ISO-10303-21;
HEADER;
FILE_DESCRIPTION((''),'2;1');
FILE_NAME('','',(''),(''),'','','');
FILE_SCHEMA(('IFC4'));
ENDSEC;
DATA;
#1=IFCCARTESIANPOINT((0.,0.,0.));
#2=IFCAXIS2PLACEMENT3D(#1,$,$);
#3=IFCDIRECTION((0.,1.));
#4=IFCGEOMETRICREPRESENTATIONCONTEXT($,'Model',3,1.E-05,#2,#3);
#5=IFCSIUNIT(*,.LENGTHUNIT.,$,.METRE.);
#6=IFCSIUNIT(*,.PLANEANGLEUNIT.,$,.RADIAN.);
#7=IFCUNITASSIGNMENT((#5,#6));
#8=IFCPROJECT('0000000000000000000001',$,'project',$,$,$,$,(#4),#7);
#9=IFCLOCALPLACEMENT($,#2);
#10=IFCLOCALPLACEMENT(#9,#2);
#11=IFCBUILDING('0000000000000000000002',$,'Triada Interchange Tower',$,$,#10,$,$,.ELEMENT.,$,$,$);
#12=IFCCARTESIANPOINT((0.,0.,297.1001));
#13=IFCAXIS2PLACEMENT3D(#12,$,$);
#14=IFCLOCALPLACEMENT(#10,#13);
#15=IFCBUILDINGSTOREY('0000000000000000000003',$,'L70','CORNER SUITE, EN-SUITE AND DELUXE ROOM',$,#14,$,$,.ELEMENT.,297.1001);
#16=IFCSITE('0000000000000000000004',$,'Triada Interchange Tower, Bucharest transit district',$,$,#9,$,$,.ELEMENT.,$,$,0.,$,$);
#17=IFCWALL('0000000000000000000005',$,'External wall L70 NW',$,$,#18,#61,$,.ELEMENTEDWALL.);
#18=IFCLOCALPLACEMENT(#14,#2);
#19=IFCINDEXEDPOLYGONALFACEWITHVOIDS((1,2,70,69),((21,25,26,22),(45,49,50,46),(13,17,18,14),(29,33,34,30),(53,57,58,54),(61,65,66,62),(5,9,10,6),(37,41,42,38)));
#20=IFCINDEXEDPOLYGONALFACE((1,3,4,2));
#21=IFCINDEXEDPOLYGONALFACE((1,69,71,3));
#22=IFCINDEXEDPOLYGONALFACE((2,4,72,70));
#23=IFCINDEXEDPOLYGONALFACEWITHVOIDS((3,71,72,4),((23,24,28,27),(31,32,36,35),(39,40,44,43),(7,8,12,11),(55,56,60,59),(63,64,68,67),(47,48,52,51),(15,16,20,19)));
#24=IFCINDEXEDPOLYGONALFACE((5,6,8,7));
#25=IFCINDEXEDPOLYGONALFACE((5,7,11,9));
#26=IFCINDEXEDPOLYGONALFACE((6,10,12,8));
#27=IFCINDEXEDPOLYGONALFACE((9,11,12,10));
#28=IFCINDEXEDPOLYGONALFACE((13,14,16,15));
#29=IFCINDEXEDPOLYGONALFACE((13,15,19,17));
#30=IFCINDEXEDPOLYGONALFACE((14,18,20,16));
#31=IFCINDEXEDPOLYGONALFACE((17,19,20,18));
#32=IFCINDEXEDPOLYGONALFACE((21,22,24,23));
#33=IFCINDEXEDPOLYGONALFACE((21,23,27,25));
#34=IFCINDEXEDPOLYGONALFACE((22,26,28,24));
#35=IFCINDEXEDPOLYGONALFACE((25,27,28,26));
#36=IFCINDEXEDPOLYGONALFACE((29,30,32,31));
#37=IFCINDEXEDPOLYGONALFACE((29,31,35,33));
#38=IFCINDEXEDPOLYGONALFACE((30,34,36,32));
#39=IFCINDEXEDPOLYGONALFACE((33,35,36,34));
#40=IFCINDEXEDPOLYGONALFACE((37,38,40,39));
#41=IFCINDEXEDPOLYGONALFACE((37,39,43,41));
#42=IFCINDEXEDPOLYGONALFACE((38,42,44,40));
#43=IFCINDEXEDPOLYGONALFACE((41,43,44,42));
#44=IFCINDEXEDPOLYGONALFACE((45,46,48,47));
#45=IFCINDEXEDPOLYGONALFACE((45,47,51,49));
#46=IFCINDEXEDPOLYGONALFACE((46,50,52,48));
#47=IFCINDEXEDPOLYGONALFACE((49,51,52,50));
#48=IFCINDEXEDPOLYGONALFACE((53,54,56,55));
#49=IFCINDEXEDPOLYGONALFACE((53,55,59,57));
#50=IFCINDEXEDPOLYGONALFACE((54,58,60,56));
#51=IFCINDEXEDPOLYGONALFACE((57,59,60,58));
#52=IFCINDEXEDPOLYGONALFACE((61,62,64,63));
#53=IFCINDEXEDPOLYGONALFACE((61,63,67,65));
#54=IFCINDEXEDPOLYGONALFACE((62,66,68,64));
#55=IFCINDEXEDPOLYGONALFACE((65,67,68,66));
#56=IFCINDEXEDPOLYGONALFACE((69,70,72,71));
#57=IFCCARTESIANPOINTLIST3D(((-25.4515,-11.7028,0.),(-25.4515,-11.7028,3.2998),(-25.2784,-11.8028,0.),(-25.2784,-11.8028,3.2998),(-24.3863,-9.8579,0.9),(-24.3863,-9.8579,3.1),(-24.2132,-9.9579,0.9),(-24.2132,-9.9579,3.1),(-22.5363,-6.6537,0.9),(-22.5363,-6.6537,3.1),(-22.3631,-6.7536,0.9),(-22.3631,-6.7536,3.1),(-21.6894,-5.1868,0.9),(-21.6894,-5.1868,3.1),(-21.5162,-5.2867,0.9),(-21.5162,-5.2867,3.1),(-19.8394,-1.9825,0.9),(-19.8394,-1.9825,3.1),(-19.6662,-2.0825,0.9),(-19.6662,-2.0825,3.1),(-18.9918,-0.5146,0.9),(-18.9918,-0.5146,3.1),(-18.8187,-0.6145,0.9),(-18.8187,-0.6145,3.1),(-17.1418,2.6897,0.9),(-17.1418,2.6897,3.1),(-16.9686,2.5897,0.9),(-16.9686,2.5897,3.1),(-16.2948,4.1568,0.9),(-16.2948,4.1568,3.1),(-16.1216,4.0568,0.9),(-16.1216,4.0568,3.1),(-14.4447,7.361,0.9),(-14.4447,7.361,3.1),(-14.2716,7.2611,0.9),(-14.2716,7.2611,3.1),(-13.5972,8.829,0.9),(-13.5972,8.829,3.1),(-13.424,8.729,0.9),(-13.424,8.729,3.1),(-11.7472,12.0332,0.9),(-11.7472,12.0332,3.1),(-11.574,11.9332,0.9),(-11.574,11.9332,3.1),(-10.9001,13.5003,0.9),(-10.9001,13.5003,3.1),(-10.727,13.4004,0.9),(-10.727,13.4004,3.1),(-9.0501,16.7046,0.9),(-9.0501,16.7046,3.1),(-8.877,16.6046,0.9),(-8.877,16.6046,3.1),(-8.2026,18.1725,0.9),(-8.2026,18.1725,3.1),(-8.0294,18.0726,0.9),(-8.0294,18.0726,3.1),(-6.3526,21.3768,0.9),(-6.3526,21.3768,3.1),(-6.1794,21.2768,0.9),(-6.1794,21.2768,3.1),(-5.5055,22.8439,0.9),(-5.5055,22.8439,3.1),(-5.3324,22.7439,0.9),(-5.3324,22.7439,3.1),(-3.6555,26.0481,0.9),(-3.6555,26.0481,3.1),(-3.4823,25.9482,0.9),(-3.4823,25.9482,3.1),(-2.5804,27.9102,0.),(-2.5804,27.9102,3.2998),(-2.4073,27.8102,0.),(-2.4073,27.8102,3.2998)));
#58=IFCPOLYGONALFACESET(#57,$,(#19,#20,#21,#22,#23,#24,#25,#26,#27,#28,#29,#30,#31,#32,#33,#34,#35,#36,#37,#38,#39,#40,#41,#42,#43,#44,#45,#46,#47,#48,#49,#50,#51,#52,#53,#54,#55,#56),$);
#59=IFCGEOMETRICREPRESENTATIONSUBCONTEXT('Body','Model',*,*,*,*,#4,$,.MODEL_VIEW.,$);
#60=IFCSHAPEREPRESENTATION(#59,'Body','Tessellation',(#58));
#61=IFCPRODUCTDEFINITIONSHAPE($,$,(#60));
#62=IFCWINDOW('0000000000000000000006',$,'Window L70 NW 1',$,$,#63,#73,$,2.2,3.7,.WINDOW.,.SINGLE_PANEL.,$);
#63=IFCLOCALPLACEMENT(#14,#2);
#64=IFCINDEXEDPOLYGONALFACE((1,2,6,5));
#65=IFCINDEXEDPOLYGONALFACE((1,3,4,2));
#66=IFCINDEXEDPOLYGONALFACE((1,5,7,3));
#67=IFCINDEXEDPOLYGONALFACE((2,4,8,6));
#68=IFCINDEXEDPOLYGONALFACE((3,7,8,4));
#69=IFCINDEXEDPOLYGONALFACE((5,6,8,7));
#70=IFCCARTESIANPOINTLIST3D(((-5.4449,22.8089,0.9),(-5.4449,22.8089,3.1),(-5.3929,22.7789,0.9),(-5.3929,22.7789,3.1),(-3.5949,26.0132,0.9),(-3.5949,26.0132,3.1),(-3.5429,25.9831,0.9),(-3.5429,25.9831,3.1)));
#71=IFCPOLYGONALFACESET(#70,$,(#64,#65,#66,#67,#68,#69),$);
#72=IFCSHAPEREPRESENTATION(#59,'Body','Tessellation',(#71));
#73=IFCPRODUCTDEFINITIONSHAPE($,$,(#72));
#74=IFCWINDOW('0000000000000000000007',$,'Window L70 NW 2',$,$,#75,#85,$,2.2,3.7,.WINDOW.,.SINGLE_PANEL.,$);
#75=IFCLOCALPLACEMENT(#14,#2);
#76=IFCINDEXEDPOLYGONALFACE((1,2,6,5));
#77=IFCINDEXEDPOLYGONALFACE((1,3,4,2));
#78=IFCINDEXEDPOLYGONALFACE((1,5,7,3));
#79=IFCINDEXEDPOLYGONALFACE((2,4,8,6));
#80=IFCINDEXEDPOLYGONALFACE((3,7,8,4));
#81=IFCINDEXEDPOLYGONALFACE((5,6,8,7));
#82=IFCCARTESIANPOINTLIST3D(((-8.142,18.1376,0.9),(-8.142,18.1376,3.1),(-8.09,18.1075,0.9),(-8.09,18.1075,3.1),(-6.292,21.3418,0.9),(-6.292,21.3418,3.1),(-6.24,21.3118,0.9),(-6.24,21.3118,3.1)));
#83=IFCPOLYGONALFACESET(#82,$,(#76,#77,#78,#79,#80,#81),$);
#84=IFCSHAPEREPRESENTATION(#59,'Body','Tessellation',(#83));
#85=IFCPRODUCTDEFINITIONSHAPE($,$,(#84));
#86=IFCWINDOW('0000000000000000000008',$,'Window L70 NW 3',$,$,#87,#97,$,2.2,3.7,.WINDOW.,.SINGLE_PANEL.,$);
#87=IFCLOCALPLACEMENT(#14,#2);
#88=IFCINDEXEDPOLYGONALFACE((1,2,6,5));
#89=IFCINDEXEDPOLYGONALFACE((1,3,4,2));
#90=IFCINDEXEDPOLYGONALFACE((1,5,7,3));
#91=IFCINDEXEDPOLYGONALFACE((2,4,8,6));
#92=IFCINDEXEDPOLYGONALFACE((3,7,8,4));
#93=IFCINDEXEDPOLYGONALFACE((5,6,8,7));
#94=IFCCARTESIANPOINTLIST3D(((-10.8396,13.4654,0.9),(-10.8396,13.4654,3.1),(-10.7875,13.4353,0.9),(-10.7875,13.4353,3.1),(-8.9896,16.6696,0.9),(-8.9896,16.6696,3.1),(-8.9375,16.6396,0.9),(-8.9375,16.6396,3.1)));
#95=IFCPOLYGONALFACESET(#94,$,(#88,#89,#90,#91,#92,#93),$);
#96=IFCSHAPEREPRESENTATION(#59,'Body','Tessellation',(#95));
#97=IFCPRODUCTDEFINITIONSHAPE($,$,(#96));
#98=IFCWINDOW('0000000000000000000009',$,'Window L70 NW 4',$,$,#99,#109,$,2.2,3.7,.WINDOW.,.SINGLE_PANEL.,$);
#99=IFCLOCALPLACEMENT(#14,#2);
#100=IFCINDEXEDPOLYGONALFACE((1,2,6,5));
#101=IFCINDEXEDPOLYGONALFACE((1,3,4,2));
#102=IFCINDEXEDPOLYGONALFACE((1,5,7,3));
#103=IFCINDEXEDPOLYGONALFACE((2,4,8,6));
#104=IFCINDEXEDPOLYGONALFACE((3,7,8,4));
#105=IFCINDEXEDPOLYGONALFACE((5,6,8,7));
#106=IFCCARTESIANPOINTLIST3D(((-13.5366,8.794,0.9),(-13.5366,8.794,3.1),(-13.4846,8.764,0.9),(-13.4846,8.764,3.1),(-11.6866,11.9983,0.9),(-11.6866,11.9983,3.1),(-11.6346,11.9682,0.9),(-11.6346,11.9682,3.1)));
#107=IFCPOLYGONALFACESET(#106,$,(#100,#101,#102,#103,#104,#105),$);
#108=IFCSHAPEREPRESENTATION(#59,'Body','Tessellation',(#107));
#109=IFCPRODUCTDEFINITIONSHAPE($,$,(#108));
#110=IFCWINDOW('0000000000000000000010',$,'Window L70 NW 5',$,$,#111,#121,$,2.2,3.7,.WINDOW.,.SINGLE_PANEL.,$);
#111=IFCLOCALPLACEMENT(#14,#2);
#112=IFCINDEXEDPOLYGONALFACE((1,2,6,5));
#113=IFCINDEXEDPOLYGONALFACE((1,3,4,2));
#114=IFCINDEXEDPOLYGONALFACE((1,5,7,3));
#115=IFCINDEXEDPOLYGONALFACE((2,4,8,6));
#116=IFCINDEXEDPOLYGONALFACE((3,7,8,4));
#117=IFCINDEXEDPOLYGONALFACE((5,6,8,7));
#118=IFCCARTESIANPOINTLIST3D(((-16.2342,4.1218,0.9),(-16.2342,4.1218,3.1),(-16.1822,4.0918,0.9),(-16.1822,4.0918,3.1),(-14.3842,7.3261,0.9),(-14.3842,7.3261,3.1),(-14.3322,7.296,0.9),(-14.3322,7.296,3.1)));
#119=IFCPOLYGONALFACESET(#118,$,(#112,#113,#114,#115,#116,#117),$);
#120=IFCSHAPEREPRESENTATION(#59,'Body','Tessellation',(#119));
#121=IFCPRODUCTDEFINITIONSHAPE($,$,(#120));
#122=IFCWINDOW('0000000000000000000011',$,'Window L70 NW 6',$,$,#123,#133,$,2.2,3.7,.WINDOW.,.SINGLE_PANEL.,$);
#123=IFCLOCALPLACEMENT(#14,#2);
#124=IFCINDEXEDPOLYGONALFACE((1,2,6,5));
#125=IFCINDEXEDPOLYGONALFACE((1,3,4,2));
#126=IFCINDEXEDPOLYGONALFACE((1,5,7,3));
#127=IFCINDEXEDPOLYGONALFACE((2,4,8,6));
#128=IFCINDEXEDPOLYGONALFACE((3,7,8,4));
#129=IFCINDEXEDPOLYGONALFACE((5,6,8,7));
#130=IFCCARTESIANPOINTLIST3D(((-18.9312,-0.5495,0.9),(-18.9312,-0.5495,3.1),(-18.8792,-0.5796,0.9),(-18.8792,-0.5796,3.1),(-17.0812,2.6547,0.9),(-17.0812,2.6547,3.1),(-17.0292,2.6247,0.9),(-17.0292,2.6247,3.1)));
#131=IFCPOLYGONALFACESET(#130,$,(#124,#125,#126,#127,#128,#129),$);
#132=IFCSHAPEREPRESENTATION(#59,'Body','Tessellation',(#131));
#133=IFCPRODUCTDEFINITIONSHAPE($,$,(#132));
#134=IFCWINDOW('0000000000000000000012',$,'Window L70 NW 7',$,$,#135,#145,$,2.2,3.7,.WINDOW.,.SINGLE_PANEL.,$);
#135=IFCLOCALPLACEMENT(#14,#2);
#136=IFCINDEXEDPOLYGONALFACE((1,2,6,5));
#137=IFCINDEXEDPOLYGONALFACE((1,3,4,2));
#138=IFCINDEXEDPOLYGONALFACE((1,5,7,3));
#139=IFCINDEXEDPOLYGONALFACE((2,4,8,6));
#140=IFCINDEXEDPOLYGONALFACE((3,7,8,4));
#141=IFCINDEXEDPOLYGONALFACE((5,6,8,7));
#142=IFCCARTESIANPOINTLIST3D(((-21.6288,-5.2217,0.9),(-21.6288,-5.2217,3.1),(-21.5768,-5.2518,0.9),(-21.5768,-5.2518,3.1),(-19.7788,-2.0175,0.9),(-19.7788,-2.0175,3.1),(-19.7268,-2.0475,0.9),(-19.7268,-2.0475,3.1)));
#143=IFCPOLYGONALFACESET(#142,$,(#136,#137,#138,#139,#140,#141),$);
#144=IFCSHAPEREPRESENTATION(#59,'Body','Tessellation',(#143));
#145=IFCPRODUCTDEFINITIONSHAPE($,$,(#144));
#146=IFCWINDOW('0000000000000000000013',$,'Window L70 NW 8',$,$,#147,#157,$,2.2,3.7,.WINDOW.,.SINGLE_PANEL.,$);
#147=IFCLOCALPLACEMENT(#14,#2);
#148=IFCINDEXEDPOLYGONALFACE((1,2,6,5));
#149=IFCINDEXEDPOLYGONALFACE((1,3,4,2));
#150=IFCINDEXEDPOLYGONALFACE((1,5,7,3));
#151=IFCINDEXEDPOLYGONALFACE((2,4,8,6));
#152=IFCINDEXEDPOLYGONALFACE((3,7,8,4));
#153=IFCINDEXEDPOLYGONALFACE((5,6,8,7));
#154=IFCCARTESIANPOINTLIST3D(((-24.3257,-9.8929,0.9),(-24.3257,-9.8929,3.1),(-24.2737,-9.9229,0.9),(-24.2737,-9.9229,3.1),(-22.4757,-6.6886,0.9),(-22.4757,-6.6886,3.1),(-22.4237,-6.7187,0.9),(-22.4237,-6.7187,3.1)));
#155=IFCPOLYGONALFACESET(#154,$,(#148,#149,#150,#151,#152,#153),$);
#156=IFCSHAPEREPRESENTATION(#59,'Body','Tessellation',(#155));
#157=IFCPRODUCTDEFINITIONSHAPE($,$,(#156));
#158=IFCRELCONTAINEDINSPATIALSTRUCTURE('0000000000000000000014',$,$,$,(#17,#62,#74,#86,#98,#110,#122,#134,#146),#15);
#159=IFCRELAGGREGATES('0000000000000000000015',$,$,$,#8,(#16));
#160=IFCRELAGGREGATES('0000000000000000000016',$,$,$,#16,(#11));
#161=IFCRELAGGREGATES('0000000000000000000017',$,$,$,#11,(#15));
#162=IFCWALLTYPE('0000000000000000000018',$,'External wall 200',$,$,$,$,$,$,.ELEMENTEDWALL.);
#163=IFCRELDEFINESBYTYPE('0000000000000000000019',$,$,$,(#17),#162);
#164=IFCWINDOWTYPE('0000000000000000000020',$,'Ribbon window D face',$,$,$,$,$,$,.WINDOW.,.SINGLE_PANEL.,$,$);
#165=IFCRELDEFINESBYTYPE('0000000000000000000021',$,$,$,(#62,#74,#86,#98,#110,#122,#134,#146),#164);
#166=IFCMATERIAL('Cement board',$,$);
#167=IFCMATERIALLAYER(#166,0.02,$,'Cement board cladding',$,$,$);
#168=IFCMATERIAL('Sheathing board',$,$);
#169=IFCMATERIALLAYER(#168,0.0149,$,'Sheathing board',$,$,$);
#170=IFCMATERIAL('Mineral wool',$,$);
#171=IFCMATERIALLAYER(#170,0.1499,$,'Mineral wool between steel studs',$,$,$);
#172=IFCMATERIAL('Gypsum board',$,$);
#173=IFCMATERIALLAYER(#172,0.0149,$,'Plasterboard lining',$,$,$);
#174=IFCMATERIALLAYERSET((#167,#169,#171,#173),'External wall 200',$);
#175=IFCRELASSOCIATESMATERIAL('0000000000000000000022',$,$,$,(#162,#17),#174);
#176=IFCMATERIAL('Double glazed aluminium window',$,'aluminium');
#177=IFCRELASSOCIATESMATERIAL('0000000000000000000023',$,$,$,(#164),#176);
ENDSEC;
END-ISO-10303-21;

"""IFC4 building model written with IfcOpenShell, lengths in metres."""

from ifc_helpers import new_model, si_unit, direction, frame, frame_2d, origin, place, context, subcontext, project, spatial, rectangle, extrude, material, layer, layer_set, layer_usage, type_object, element, fill, save


model = new_model("IFC4")

# Units and contexts
model_context = context("Model", 3, precision=1e-05, world=origin(), true_north=direction((0.0, 1.0)))
body_context = subcontext(model_context, "Body", "Model", "MODEL_VIEW")
ifc_project = project(units=[si_unit("LENGTHUNIT", "METRE"), si_unit("PLANEANGLEUNIT", "RADIAN")], contexts=[model_context])

# Site, building, storey
site_placement = place(None, origin())
site = spatial("IfcSite", under=ifc_project, at=site_placement, Name="Triada Interchange Tower, Bucharest transit district", CompositionType="ELEMENT", RefElevation=0.0)
building_placement = place(site_placement, origin())
building = spatial("IfcBuilding", under=site, at=building_placement, Name="Triada Interchange Tower", CompositionType="ELEMENT")
storey_placement = place(building_placement, frame((0.0, 0.0, 297.1001)))
storey = spatial("IfcBuildingStorey", under=building, at=storey_placement, Name="L70", Description="CORNER SUITE, EN-SUITE AND DELUXE ROOM", CompositionType="ELEMENT", Elevation=297.1001)

# Wall, openings, windows
ifc_material_1 = material(Name="Cement board")
ifc_layer_1 = layer(ifc_material_1, 0.02, Name="Cement board cladding")
ifc_material_2 = material(Name="Sheathing board")
ifc_layer_2 = layer(ifc_material_2, 0.0149, Name="Sheathing board")
ifc_material_3 = material(Name="Mineral wool")
ifc_layer_3 = layer(ifc_material_3, 0.1499, Name="Mineral wool between steel studs")
ifc_material_4 = material(Name="Gypsum board")
ifc_layer_4 = layer(ifc_material_4, 0.0149, Name="Plasterboard lining")
ifc_layer_set_1 = layer_set([ifc_layer_1, ifc_layer_2, ifc_layer_3, ifc_layer_4], Name="External wall 200")
ifc_layer_usage = layer_usage(ifc_layer_set_1, "AXIS2", "POSITIVE", -0.1001)
wall_type_1 = type_object("IfcWallType", Name="External wall 200", PredefinedType="ELEMENTEDWALL", material=ifc_layer_set_1)
wall_1_placement = place(storey_placement, frame((-2.4939, 27.8601, 0.0), z_axis=(0.0, 0.0, 1.0), x_axis=(-0.500008, -0.866021, 0.0)))
wall_1 = element("IfcWall", 1, at=wall_1_placement, inside=storey, type_object=wall_type_1, material=ifc_layer_usage, Name="External wall L70 NW", PredefinedType="ELEMENTEDWALL", context=body_context, shape_type="SweptSolid", body=[
    extrude(rectangle(XDim=45.7415, YDim=0.2, at=frame_2d((22.8706, 0.0))), origin(), (0.0, 0.0, 1.0), 3.2998),
])
opening_1_placement = place(wall_1_placement, frame((2.1499, 0.0, 0.8999)))
opening_1 = element("IfcOpeningElement", 2, at=opening_1_placement, cuts=wall_1, PredefinedType="OPENING", context=body_context, shape_type="SweptSolid", body=[
    extrude(rectangle(XDim=3.7, YDim=2.2, at=frame_2d((1.8501, 1.1001))), frame((0.0, 0.1099, 0.0), z_axis=(0.0, -1.0, 0.0), x_axis=(1.0, 0.0, 0.0)), (0.0, 0.0, 1.0), 0.22),
])
opening_2_placement = place(wall_1_placement, frame((7.5439, 0.0, 0.8999)))
opening_2 = element("IfcOpeningElement", 3, at=opening_2_placement, cuts=wall_1, PredefinedType="OPENING", context=body_context, shape_type="SweptSolid", body=[
    extrude(rectangle(XDim=3.7, YDim=2.2, at=frame_2d((1.8501, 1.1001))), frame((0.0, 0.1099, 0.0), z_axis=(0.0, -1.0, 0.0), x_axis=(1.0, 0.0, 0.0)), (0.0, 0.0, 1.0), 0.22),
])
opening_3_placement = place(wall_1_placement, frame((12.939, 0.0, 0.8999)))
opening_3 = element("IfcOpeningElement", 4, at=opening_3_placement, cuts=wall_1, PredefinedType="OPENING", context=body_context, shape_type="SweptSolid", body=[
    extrude(rectangle(XDim=3.7, YDim=2.2, at=frame_2d((1.8501, 1.1001))), frame((0.0, 0.1099, 0.0), z_axis=(0.0, -1.0, 0.0), x_axis=(1.0, 0.0, 0.0)), (0.0, 0.0, 1.0), 0.22),
])
opening_4_placement = place(wall_1_placement, frame((18.333, 0.0, 0.8999)))
opening_4 = element("IfcOpeningElement", 5, at=opening_4_placement, cuts=wall_1, PredefinedType="OPENING", context=body_context, shape_type="SweptSolid", body=[
    extrude(rectangle(XDim=3.7, YDim=2.2, at=frame_2d((1.8501, 1.1001))), frame((0.0, 0.1099, 0.0), z_axis=(0.0, -1.0, 0.0), x_axis=(1.0, 0.0, 0.0)), (0.0, 0.0, 1.0), 0.22),
])
opening_5_placement = place(wall_1_placement, frame((23.728, 0.0, 0.8999)))
opening_5 = element("IfcOpeningElement", 6, at=opening_5_placement, cuts=wall_1, PredefinedType="OPENING", context=body_context, shape_type="SweptSolid", body=[
    extrude(rectangle(XDim=3.7, YDim=2.2, at=frame_2d((1.8501, 1.1001))), frame((0.0, 0.1099, 0.0), z_axis=(0.0, -1.0, 0.0), x_axis=(1.0, 0.0, 0.0)), (0.0, 0.0, 1.0), 0.22),
])
opening_6_placement = place(wall_1_placement, frame((29.1221, 0.0, 0.8999)))
opening_6 = element("IfcOpeningElement", 7, at=opening_6_placement, cuts=wall_1, PredefinedType="OPENING", context=body_context, shape_type="SweptSolid", body=[
    extrude(rectangle(XDim=3.7, YDim=2.2, at=frame_2d((1.8501, 1.1001))), frame((0.0, 0.1099, 0.0), z_axis=(0.0, -1.0, 0.0), x_axis=(1.0, 0.0, 0.0)), (0.0, 0.0, 1.0), 0.22),
])
opening_7_placement = place(wall_1_placement, frame((34.5171, 0.0, 0.8999)))
opening_7 = element("IfcOpeningElement", 8, at=opening_7_placement, cuts=wall_1, PredefinedType="OPENING", context=body_context, shape_type="SweptSolid", body=[
    extrude(rectangle(XDim=3.7, YDim=2.2, at=frame_2d((1.8501, 1.1001))), frame((0.0, 0.1099, 0.0), z_axis=(0.0, -1.0, 0.0), x_axis=(1.0, 0.0, 0.0)), (0.0, 0.0, 1.0), 0.22),
])
opening_8_placement = place(wall_1_placement, frame((39.9109, 0.0, 0.8999)))
opening_8 = element("IfcOpeningElement", 9, at=opening_8_placement, cuts=wall_1, PredefinedType="OPENING", context=body_context, shape_type="SweptSolid", body=[
    extrude(rectangle(XDim=3.7, YDim=2.2, at=frame_2d((1.8501, 1.1001))), frame((0.0, 0.1099, 0.0), z_axis=(0.0, -1.0, 0.0), x_axis=(1.0, 0.0, 0.0)), (0.0, 0.0, 1.0), 0.22),
])
ifc_material_5 = material(Name="Double glazed aluminium window", Category="aluminium")
window_type = type_object("IfcWindowType", Name="Ribbon window D face", PartitioningType="SINGLE_PANEL", PredefinedType="WINDOW", material=ifc_material_5)
window_1_placement = place(opening_1_placement, origin())
window_1 = element("IfcWindow", 10, at=window_1_placement, inside=storey, type_object=window_type, Name="Window L70 NW 1", OverallHeight=2.2, OverallWidth=3.7, PartitioningType="SINGLE_PANEL", PredefinedType="WINDOW", context=body_context, shape_type="SweptSolid", body=[
    extrude(rectangle(XDim=3.7, YDim=2.2, at=frame_2d((1.8501, 1.1001))), frame((0.0, 0.03, 0.0), z_axis=(0.0, -1.0, 0.0), x_axis=(1.0, 0.0, 0.0)), (0.0, 0.0, 1.0), 0.0601),
])
fill(opening_1, window_1)
window_2_placement = place(opening_2_placement, origin())
window_2 = element("IfcWindow", 11, at=window_2_placement, inside=storey, type_object=window_type, Name="Window L70 NW 2", OverallHeight=2.2, OverallWidth=3.7, PartitioningType="SINGLE_PANEL", PredefinedType="WINDOW", context=body_context, shape_type="SweptSolid", body=[
    extrude(rectangle(XDim=3.7, YDim=2.2, at=frame_2d((1.8501, 1.1001))), frame((0.0, 0.03, 0.0), z_axis=(0.0, -1.0, 0.0), x_axis=(1.0, 0.0, 0.0)), (0.0, 0.0, 1.0), 0.0601),
])
fill(opening_2, window_2)
window_3_placement = place(opening_3_placement, origin())
window_3 = element("IfcWindow", 12, at=window_3_placement, inside=storey, type_object=window_type, Name="Window L70 NW 3", OverallHeight=2.2, OverallWidth=3.7, PartitioningType="SINGLE_PANEL", PredefinedType="WINDOW", context=body_context, shape_type="SweptSolid", body=[
    extrude(rectangle(XDim=3.7, YDim=2.2, at=frame_2d((1.8501, 1.1001))), frame((0.0, 0.03, 0.0), z_axis=(0.0, -1.0, 0.0), x_axis=(1.0, 0.0, 0.0)), (0.0, 0.0, 1.0), 0.0601),
])
fill(opening_3, window_3)
window_4_placement = place(opening_4_placement, origin())
window_4 = element("IfcWindow", 13, at=window_4_placement, inside=storey, type_object=window_type, Name="Window L70 NW 4", OverallHeight=2.2, OverallWidth=3.7, PartitioningType="SINGLE_PANEL", PredefinedType="WINDOW", context=body_context, shape_type="SweptSolid", body=[
    extrude(rectangle(XDim=3.7, YDim=2.2, at=frame_2d((1.8501, 1.1001))), frame((0.0, 0.03, 0.0), z_axis=(0.0, -1.0, 0.0), x_axis=(1.0, 0.0, 0.0)), (0.0, 0.0, 1.0), 0.0601),
])
fill(opening_4, window_4)
window_5_placement = place(opening_5_placement, origin())
window_5 = element("IfcWindow", 14, at=window_5_placement, inside=storey, type_object=window_type, Name="Window L70 NW 5", OverallHeight=2.2, OverallWidth=3.7, PartitioningType="SINGLE_PANEL", PredefinedType="WINDOW", context=body_context, shape_type="SweptSolid", body=[
    extrude(rectangle(XDim=3.7, YDim=2.2, at=frame_2d((1.8501, 1.1001))), frame((0.0, 0.03, 0.0), z_axis=(0.0, -1.0, 0.0), x_axis=(1.0, 0.0, 0.0)), (0.0, 0.0, 1.0), 0.0601),
])
fill(opening_5, window_5)
window_6_placement = place(opening_6_placement, origin())
window_6 = element("IfcWindow", 15, at=window_6_placement, inside=storey, type_object=window_type, Name="Window L70 NW 6", OverallHeight=2.2, OverallWidth=3.7, PartitioningType="SINGLE_PANEL", PredefinedType="WINDOW", context=body_context, shape_type="SweptSolid", body=[
    extrude(rectangle(XDim=3.7, YDim=2.2, at=frame_2d((1.8501, 1.1001))), frame((0.0, 0.03, 0.0), z_axis=(0.0, -1.0, 0.0), x_axis=(1.0, 0.0, 0.0)), (0.0, 0.0, 1.0), 0.0601),
])
fill(opening_6, window_6)
window_7_placement = place(opening_7_placement, origin())
window_7 = element("IfcWindow", 16, at=window_7_placement, inside=storey, type_object=window_type, Name="Window L70 NW 7", OverallHeight=2.2, OverallWidth=3.7, PartitioningType="SINGLE_PANEL", PredefinedType="WINDOW", context=body_context, shape_type="SweptSolid", body=[
    extrude(rectangle(XDim=3.7, YDim=2.2, at=frame_2d((1.8501, 1.1001))), frame((0.0, 0.03, 0.0), z_axis=(0.0, -1.0, 0.0), x_axis=(1.0, 0.0, 0.0)), (0.0, 0.0, 1.0), 0.0601),
])
fill(opening_7, window_7)
window_8_placement = place(opening_8_placement, origin())
window_8 = element("IfcWindow", 17, at=window_8_placement, inside=storey, type_object=window_type, Name="Window L70 NW 8", OverallHeight=2.2, OverallWidth=3.7, PartitioningType="SINGLE_PANEL", PredefinedType="WINDOW", context=body_context, shape_type="SweptSolid", body=[
    extrude(rectangle(XDim=3.7, YDim=2.2, at=frame_2d((1.8501, 1.1001))), frame((0.0, 0.03, 0.0), z_axis=(0.0, -1.0, 0.0), x_axis=(1.0, 0.0, 0.0)), (0.0, 0.0, 1.0), 0.0601),
])
fill(opening_8, window_8)

save(model, "model.ifc")
